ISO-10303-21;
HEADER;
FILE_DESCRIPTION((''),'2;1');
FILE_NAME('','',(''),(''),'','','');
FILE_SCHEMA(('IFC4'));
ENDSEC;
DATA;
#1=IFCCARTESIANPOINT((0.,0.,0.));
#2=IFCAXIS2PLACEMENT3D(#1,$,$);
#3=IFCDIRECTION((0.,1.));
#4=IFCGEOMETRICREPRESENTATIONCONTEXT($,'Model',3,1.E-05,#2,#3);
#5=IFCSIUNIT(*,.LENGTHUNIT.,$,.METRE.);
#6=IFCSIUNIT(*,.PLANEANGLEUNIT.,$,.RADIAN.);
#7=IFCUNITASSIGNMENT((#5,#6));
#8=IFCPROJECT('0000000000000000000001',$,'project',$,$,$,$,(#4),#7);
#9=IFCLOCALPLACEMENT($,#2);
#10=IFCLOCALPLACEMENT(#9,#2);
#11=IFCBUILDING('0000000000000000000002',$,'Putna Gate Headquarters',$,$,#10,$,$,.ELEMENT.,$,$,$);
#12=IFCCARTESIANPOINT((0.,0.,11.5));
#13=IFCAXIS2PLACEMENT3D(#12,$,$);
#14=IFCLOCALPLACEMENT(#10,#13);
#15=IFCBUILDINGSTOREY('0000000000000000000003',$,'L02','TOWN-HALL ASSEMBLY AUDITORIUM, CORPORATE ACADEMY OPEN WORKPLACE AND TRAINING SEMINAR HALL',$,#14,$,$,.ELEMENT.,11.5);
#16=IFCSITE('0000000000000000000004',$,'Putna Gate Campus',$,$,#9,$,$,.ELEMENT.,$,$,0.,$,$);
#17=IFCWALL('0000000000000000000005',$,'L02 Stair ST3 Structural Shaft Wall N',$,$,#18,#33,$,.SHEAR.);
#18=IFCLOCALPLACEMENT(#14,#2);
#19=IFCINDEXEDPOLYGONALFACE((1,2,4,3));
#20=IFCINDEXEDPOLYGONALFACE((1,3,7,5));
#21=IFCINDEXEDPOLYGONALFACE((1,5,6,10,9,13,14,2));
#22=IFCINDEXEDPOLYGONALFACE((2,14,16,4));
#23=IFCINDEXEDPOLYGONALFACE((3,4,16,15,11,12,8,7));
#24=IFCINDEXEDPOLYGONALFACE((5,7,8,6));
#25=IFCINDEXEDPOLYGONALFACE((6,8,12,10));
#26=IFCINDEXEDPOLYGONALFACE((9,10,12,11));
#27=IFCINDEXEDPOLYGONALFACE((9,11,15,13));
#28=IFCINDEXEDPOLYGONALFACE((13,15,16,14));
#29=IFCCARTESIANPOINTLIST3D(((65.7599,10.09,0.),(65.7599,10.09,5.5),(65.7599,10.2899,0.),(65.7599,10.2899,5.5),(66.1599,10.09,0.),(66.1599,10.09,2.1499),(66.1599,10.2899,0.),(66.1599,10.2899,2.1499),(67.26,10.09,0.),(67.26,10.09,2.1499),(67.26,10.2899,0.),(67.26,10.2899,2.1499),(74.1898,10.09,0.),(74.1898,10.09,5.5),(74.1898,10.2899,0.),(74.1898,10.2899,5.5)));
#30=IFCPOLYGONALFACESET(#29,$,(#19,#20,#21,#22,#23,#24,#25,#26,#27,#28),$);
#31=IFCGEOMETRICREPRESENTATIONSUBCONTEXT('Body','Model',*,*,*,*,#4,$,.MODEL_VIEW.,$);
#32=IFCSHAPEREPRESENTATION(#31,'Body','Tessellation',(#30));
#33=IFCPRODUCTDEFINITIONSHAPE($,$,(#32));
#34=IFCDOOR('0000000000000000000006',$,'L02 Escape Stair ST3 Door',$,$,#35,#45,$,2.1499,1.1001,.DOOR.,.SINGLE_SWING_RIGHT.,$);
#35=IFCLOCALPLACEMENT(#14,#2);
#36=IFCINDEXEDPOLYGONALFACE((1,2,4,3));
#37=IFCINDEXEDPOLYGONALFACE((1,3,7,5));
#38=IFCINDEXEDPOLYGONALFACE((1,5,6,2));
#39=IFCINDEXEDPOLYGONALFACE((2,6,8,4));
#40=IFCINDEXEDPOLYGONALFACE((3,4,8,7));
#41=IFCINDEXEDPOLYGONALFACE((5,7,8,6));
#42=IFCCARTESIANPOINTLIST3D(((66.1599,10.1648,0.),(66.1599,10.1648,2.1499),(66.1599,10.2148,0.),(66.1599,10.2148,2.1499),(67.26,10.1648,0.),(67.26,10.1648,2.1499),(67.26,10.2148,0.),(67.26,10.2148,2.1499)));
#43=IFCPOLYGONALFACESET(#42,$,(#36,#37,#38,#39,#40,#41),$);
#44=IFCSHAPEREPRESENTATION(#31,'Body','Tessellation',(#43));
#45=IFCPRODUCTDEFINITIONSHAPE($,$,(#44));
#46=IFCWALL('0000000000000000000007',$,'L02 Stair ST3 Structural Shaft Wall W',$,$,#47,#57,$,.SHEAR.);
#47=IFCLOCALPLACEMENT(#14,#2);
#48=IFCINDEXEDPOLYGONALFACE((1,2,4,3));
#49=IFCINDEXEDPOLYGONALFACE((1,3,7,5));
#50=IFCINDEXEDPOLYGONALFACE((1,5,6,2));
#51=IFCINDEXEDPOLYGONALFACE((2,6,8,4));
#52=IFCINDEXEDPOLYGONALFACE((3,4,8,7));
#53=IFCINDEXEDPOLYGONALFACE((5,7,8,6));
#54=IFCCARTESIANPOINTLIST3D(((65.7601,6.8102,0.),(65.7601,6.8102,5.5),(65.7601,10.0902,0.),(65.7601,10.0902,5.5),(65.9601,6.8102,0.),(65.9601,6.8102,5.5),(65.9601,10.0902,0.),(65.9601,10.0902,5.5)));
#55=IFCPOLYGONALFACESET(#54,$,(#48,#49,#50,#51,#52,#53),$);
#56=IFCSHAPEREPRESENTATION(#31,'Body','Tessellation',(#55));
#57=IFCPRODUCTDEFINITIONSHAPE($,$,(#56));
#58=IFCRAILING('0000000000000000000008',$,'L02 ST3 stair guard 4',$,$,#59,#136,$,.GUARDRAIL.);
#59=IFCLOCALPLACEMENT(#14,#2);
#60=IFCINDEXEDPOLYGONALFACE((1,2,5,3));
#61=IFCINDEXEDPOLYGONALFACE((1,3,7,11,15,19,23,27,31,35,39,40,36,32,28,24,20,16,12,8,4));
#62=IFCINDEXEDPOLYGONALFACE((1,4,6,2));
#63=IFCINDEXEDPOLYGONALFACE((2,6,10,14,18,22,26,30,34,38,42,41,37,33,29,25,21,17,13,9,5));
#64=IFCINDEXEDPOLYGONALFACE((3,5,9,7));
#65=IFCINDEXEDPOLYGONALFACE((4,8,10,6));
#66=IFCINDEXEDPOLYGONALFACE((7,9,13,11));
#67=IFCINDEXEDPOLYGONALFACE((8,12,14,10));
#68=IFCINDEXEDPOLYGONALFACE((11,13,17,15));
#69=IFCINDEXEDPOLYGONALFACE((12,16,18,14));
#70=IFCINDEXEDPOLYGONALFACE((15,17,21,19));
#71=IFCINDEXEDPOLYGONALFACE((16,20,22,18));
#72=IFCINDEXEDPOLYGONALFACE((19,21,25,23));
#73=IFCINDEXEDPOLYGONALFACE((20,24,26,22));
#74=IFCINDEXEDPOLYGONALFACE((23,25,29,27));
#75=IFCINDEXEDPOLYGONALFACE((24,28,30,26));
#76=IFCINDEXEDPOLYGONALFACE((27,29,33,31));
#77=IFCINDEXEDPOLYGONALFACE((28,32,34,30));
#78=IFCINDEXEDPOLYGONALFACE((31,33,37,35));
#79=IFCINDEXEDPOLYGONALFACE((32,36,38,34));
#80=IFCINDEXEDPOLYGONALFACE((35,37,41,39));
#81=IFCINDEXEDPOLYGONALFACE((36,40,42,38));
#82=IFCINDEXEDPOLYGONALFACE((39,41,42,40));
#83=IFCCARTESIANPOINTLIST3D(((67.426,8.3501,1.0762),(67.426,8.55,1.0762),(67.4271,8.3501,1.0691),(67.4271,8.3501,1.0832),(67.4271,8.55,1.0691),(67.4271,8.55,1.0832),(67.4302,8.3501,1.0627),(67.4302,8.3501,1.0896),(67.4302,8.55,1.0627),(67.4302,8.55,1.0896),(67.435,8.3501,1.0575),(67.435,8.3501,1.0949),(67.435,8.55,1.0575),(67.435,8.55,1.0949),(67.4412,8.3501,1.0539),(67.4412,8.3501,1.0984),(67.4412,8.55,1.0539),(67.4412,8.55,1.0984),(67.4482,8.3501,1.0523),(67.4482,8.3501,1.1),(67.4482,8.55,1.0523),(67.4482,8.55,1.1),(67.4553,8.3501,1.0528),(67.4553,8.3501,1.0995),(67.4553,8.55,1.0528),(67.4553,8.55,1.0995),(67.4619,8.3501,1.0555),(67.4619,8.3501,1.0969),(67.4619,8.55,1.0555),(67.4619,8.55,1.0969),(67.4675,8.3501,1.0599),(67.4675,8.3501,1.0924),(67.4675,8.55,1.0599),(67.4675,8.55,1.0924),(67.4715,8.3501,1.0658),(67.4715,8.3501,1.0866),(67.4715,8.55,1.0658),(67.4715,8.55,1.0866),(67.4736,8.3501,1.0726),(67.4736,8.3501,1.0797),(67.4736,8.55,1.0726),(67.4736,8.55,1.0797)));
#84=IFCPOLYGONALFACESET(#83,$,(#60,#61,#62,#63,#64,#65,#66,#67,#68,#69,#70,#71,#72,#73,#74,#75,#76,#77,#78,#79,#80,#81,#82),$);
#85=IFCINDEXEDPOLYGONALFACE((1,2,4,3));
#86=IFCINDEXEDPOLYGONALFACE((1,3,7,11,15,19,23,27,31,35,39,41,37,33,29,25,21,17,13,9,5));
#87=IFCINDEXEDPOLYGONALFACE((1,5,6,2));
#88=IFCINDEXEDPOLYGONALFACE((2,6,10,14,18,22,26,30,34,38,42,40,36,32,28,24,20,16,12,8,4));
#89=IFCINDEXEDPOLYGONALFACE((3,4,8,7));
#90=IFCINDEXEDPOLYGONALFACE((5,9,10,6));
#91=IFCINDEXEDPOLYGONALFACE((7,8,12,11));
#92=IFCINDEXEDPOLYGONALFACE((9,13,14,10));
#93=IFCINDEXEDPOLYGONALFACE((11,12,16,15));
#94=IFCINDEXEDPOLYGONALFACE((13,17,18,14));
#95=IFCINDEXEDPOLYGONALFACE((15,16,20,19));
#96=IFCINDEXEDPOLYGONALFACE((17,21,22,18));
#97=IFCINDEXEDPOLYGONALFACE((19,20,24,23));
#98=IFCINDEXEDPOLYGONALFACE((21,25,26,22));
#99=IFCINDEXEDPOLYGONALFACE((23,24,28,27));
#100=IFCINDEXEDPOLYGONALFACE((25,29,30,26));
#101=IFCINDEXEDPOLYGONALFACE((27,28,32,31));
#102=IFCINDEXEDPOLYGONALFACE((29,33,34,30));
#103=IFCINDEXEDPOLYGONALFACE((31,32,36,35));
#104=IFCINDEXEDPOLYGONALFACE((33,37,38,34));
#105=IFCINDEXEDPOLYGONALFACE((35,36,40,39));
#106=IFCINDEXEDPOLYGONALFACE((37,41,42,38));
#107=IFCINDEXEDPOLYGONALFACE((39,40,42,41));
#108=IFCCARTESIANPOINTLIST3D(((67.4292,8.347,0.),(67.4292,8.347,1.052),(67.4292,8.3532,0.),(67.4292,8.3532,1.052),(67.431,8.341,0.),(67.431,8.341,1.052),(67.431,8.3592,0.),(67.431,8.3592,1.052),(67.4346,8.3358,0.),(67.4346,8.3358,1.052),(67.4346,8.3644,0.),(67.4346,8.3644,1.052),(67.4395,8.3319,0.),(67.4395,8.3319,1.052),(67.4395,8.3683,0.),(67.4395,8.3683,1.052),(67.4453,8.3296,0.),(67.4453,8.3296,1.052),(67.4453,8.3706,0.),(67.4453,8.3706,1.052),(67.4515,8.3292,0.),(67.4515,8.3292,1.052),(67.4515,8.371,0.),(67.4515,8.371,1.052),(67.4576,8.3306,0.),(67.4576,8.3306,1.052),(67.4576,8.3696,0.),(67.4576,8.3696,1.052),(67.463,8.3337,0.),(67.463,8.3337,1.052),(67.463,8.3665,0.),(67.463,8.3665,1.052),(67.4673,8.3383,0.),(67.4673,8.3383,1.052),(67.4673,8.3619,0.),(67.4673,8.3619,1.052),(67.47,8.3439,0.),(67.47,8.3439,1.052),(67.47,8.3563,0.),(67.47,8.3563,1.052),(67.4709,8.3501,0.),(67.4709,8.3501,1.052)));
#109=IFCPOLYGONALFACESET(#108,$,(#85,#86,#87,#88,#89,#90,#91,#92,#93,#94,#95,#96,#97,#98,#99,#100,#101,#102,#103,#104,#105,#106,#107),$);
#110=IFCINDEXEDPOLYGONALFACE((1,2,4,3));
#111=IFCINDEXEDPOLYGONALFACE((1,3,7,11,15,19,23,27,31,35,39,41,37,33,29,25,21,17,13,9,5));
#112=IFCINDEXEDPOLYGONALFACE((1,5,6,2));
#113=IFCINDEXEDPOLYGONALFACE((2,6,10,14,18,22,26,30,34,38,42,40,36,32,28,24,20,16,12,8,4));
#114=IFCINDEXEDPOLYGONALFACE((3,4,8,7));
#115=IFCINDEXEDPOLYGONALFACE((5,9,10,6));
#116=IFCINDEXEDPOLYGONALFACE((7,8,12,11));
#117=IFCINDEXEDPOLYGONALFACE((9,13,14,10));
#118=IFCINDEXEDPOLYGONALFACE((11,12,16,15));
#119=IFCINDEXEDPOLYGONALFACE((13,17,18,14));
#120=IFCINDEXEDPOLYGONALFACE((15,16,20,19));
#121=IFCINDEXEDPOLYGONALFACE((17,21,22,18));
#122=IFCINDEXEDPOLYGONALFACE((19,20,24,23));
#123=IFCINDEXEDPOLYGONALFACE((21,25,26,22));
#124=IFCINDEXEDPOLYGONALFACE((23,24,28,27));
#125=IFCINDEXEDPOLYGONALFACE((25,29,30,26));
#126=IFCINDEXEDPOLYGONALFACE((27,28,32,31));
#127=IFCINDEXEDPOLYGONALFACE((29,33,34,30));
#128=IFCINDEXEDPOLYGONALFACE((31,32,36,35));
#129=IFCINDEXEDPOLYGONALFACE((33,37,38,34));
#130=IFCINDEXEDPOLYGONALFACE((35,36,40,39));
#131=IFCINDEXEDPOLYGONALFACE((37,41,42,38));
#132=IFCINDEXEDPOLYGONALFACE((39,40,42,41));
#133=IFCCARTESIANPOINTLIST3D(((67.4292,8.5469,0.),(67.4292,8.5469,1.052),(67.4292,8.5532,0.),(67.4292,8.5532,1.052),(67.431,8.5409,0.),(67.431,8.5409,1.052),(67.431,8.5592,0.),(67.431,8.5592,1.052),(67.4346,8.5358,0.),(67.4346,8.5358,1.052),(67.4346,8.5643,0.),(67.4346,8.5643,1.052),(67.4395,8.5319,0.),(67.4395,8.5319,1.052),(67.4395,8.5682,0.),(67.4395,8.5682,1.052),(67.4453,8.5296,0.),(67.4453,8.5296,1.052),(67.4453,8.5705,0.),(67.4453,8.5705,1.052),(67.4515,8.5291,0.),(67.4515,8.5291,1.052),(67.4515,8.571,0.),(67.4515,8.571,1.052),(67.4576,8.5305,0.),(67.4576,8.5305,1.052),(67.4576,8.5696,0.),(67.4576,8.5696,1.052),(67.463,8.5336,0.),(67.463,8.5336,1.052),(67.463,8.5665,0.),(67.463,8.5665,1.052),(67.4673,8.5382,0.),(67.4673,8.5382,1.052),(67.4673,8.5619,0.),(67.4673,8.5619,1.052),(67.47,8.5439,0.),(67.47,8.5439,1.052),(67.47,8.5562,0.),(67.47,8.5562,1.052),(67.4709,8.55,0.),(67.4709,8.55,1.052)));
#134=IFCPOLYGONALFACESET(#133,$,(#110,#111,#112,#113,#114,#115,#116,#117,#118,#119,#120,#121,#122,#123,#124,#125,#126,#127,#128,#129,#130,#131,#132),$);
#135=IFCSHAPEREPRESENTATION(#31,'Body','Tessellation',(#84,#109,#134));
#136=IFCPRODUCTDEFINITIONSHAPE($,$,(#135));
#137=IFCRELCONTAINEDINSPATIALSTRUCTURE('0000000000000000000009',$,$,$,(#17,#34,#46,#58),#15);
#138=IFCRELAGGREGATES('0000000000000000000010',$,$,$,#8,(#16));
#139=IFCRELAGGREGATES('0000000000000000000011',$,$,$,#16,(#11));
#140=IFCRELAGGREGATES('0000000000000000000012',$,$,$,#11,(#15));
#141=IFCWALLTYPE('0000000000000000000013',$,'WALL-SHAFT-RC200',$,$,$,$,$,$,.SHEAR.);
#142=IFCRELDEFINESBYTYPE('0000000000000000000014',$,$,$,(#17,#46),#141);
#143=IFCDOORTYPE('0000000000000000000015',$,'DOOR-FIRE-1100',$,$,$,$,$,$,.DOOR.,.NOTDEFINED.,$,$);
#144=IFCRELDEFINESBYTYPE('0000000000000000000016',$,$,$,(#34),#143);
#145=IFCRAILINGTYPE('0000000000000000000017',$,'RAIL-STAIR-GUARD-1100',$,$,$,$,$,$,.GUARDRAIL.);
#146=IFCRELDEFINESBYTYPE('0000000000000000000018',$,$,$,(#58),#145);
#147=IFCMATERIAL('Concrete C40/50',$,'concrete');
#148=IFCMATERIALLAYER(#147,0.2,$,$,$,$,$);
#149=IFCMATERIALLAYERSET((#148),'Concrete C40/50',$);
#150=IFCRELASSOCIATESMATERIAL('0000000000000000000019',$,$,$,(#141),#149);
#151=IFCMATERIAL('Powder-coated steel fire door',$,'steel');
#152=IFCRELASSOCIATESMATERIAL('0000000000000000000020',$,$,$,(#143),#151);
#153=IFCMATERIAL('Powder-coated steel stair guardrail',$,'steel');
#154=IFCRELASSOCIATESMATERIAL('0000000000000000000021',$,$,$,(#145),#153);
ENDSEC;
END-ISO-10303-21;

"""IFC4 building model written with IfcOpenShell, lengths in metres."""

from ifc_helpers import new_model, si_unit, direction, frame, frame_2d, origin, origin_2d, place, context, subcontext, project, spatial, rectangle, circle, extrude, material, layer, layer_set, type_object, element, fill, save


model = new_model("IFC4")

# Units and contexts
model_context = context("Model", 3, precision=1e-05, world=origin(), true_north=direction((0.0, 1.0)))
body_context = subcontext(model_context, "Body", "Model", "MODEL_VIEW")
ifc_project = project(units=[si_unit("LENGTHUNIT", "METRE"), si_unit("PLANEANGLEUNIT", "RADIAN")], contexts=[model_context])

# Site, building, storey
site_placement = place(None, origin())
site = spatial("IfcSite", under=ifc_project, at=site_placement, Name="Putna Gate Campus", CompositionType="ELEMENT", RefElevation=0.0)
building_placement = place(site_placement, origin())
building = spatial("IfcBuilding", under=site, at=building_placement, Name="Putna Gate Headquarters", CompositionType="ELEMENT")
storey_placement = place(building_placement, frame((0.0, 0.0, 11.5)))
storey = spatial("IfcBuildingStorey", under=building, at=storey_placement, Name="L02", Description="TOWN-HALL ASSEMBLY AUDITORIUM, CORPORATE ACADEMY OPEN WORKPLACE AND TRAINING SEMINAR HALL", CompositionType="ELEMENT", Elevation=11.5)

# Shared definitions
ifc_material_1 = material(Name="Concrete C40/50", Category="concrete")
ifc_layer_1 = layer(ifc_material_1, 0.2)
ifc_layer_set_1 = layer_set([ifc_layer_1], Name="Concrete C40/50")
wall_type_1 = type_object("IfcWallType", Name="WALL-SHAFT-RC200", PredefinedType="SHEAR", material=ifc_layer_set_1)

# Wall, opening, door
wall_1_placement = place(storey_placement, frame((65.76, 10.1899, 0.0), z_axis=(0.0, 0.0, 1.0), x_axis=(1.0, 0.0, 0.0)))
wall_1 = element("IfcWall", 1, at=wall_1_placement, inside=storey, type_object=wall_type_1, Name="L02 Stair ST3 Structural Shaft Wall N", PredefinedType="SHEAR", context=body_context, shape_type="SweptSolid", body=[
    extrude(rectangle(XDim=8.4299, YDim=0.2, at=frame_2d((4.2148, 0.0))), origin(), (0.0, 0.0, 1.0), 5.5),
])
opening_1_placement = place(wall_1_placement, frame((0.3999, 0.0, 0.0)))
opening_1 = element("IfcOpeningElement", 2, at=opening_1_placement, cuts=wall_1, PredefinedType="OPENING", context=body_context, shape_type="SweptSolid", body=[
    extrude(rectangle(XDim=1.1001, YDim=2.1499, at=frame_2d((0.55, 1.075))), frame((0.0, 0.1099, 0.0), z_axis=(0.0, -1.0, 0.0), x_axis=(1.0, 0.0, 0.0)), (0.0, 0.0, 1.0), 0.22),
])
ifc_material_2 = material(Name="Powder-coated steel fire door", Category="steel")
door_type_1 = type_object("IfcDoorType", Name="DOOR-FIRE-1100", OperationType="NOTDEFINED", PredefinedType="DOOR", material=ifc_material_2)
door_1_placement = place(opening_1_placement, origin())
door_1 = element("IfcDoor", 3, at=door_1_placement, inside=storey, type_object=door_type_1, Name="L02 Escape Stair ST3 Door", OperationType="SINGLE_SWING_RIGHT", OverallHeight=2.1499, OverallWidth=1.1001, PredefinedType="DOOR", context=body_context, shape_type="SweptSolid", body=[
    extrude(rectangle(XDim=1.1001, YDim=2.1499, at=frame_2d((0.55, 1.075))), frame((0.0, 0.0249, 0.0), z_axis=(0.0, -1.0, 0.0), x_axis=(1.0, 0.0, 0.0)), (0.0, 0.0, 1.0), 0.05),
])
fill(opening_1, door_1)

# Wall
wall_2_placement = place(storey_placement, frame((65.8601, 6.8101, 0.0), z_axis=(0.0, 0.0, 1.0), x_axis=(0.0, 1.0, 0.0)))
element("IfcWall", 4, at=wall_2_placement, inside=storey, type_object=wall_type_1, Name="L02 Stair ST3 Structural Shaft Wall W", PredefinedType="SHEAR", context=body_context, shape_type="SweptSolid", body=[
    extrude(rectangle(XDim=3.28, YDim=0.2, at=frame_2d((1.6401, 0.0))), origin(), (0.0, 0.0, 1.0), 5.5),
])

# Railing
ifc_material_3 = material(Name="Powder-coated steel stair guardrail", Category="steel")
railing_type_1 = type_object("IfcRailingType", Name="RAIL-STAIR-GUARD-1100", PredefinedType="GUARDRAIL", material=ifc_material_3)
railing_1_placement = place(storey_placement, frame((67.45, 8.3501, 0.0)))
element("IfcRailing", 5, at=railing_1_placement, inside=storey, type_object=railing_type_1, Name="L02 ST3 stair guard 4", PredefinedType="GUARDRAIL", context=body_context, shape_type="SweptSolid", body=[
    extrude(circle(Radius=0.0239, at=origin_2d()), frame((0.0, 0.0, 1.0762), z_axis=(0.0, 1.0, 0.0), x_axis=(-1.0, 0.0, 0.0)), (0.0, 0.0, 1.0), 0.2),
    extrude(circle(Radius=0.021, at=origin_2d()), origin(), (0.0, 0.0, 1.0), 1.052),
    extrude(circle(Radius=0.021, at=origin_2d()), frame((0.0, 0.2, 0.0)), (0.0, 0.0, 1.0), 1.052),
])

save(model, "model.ifc")
